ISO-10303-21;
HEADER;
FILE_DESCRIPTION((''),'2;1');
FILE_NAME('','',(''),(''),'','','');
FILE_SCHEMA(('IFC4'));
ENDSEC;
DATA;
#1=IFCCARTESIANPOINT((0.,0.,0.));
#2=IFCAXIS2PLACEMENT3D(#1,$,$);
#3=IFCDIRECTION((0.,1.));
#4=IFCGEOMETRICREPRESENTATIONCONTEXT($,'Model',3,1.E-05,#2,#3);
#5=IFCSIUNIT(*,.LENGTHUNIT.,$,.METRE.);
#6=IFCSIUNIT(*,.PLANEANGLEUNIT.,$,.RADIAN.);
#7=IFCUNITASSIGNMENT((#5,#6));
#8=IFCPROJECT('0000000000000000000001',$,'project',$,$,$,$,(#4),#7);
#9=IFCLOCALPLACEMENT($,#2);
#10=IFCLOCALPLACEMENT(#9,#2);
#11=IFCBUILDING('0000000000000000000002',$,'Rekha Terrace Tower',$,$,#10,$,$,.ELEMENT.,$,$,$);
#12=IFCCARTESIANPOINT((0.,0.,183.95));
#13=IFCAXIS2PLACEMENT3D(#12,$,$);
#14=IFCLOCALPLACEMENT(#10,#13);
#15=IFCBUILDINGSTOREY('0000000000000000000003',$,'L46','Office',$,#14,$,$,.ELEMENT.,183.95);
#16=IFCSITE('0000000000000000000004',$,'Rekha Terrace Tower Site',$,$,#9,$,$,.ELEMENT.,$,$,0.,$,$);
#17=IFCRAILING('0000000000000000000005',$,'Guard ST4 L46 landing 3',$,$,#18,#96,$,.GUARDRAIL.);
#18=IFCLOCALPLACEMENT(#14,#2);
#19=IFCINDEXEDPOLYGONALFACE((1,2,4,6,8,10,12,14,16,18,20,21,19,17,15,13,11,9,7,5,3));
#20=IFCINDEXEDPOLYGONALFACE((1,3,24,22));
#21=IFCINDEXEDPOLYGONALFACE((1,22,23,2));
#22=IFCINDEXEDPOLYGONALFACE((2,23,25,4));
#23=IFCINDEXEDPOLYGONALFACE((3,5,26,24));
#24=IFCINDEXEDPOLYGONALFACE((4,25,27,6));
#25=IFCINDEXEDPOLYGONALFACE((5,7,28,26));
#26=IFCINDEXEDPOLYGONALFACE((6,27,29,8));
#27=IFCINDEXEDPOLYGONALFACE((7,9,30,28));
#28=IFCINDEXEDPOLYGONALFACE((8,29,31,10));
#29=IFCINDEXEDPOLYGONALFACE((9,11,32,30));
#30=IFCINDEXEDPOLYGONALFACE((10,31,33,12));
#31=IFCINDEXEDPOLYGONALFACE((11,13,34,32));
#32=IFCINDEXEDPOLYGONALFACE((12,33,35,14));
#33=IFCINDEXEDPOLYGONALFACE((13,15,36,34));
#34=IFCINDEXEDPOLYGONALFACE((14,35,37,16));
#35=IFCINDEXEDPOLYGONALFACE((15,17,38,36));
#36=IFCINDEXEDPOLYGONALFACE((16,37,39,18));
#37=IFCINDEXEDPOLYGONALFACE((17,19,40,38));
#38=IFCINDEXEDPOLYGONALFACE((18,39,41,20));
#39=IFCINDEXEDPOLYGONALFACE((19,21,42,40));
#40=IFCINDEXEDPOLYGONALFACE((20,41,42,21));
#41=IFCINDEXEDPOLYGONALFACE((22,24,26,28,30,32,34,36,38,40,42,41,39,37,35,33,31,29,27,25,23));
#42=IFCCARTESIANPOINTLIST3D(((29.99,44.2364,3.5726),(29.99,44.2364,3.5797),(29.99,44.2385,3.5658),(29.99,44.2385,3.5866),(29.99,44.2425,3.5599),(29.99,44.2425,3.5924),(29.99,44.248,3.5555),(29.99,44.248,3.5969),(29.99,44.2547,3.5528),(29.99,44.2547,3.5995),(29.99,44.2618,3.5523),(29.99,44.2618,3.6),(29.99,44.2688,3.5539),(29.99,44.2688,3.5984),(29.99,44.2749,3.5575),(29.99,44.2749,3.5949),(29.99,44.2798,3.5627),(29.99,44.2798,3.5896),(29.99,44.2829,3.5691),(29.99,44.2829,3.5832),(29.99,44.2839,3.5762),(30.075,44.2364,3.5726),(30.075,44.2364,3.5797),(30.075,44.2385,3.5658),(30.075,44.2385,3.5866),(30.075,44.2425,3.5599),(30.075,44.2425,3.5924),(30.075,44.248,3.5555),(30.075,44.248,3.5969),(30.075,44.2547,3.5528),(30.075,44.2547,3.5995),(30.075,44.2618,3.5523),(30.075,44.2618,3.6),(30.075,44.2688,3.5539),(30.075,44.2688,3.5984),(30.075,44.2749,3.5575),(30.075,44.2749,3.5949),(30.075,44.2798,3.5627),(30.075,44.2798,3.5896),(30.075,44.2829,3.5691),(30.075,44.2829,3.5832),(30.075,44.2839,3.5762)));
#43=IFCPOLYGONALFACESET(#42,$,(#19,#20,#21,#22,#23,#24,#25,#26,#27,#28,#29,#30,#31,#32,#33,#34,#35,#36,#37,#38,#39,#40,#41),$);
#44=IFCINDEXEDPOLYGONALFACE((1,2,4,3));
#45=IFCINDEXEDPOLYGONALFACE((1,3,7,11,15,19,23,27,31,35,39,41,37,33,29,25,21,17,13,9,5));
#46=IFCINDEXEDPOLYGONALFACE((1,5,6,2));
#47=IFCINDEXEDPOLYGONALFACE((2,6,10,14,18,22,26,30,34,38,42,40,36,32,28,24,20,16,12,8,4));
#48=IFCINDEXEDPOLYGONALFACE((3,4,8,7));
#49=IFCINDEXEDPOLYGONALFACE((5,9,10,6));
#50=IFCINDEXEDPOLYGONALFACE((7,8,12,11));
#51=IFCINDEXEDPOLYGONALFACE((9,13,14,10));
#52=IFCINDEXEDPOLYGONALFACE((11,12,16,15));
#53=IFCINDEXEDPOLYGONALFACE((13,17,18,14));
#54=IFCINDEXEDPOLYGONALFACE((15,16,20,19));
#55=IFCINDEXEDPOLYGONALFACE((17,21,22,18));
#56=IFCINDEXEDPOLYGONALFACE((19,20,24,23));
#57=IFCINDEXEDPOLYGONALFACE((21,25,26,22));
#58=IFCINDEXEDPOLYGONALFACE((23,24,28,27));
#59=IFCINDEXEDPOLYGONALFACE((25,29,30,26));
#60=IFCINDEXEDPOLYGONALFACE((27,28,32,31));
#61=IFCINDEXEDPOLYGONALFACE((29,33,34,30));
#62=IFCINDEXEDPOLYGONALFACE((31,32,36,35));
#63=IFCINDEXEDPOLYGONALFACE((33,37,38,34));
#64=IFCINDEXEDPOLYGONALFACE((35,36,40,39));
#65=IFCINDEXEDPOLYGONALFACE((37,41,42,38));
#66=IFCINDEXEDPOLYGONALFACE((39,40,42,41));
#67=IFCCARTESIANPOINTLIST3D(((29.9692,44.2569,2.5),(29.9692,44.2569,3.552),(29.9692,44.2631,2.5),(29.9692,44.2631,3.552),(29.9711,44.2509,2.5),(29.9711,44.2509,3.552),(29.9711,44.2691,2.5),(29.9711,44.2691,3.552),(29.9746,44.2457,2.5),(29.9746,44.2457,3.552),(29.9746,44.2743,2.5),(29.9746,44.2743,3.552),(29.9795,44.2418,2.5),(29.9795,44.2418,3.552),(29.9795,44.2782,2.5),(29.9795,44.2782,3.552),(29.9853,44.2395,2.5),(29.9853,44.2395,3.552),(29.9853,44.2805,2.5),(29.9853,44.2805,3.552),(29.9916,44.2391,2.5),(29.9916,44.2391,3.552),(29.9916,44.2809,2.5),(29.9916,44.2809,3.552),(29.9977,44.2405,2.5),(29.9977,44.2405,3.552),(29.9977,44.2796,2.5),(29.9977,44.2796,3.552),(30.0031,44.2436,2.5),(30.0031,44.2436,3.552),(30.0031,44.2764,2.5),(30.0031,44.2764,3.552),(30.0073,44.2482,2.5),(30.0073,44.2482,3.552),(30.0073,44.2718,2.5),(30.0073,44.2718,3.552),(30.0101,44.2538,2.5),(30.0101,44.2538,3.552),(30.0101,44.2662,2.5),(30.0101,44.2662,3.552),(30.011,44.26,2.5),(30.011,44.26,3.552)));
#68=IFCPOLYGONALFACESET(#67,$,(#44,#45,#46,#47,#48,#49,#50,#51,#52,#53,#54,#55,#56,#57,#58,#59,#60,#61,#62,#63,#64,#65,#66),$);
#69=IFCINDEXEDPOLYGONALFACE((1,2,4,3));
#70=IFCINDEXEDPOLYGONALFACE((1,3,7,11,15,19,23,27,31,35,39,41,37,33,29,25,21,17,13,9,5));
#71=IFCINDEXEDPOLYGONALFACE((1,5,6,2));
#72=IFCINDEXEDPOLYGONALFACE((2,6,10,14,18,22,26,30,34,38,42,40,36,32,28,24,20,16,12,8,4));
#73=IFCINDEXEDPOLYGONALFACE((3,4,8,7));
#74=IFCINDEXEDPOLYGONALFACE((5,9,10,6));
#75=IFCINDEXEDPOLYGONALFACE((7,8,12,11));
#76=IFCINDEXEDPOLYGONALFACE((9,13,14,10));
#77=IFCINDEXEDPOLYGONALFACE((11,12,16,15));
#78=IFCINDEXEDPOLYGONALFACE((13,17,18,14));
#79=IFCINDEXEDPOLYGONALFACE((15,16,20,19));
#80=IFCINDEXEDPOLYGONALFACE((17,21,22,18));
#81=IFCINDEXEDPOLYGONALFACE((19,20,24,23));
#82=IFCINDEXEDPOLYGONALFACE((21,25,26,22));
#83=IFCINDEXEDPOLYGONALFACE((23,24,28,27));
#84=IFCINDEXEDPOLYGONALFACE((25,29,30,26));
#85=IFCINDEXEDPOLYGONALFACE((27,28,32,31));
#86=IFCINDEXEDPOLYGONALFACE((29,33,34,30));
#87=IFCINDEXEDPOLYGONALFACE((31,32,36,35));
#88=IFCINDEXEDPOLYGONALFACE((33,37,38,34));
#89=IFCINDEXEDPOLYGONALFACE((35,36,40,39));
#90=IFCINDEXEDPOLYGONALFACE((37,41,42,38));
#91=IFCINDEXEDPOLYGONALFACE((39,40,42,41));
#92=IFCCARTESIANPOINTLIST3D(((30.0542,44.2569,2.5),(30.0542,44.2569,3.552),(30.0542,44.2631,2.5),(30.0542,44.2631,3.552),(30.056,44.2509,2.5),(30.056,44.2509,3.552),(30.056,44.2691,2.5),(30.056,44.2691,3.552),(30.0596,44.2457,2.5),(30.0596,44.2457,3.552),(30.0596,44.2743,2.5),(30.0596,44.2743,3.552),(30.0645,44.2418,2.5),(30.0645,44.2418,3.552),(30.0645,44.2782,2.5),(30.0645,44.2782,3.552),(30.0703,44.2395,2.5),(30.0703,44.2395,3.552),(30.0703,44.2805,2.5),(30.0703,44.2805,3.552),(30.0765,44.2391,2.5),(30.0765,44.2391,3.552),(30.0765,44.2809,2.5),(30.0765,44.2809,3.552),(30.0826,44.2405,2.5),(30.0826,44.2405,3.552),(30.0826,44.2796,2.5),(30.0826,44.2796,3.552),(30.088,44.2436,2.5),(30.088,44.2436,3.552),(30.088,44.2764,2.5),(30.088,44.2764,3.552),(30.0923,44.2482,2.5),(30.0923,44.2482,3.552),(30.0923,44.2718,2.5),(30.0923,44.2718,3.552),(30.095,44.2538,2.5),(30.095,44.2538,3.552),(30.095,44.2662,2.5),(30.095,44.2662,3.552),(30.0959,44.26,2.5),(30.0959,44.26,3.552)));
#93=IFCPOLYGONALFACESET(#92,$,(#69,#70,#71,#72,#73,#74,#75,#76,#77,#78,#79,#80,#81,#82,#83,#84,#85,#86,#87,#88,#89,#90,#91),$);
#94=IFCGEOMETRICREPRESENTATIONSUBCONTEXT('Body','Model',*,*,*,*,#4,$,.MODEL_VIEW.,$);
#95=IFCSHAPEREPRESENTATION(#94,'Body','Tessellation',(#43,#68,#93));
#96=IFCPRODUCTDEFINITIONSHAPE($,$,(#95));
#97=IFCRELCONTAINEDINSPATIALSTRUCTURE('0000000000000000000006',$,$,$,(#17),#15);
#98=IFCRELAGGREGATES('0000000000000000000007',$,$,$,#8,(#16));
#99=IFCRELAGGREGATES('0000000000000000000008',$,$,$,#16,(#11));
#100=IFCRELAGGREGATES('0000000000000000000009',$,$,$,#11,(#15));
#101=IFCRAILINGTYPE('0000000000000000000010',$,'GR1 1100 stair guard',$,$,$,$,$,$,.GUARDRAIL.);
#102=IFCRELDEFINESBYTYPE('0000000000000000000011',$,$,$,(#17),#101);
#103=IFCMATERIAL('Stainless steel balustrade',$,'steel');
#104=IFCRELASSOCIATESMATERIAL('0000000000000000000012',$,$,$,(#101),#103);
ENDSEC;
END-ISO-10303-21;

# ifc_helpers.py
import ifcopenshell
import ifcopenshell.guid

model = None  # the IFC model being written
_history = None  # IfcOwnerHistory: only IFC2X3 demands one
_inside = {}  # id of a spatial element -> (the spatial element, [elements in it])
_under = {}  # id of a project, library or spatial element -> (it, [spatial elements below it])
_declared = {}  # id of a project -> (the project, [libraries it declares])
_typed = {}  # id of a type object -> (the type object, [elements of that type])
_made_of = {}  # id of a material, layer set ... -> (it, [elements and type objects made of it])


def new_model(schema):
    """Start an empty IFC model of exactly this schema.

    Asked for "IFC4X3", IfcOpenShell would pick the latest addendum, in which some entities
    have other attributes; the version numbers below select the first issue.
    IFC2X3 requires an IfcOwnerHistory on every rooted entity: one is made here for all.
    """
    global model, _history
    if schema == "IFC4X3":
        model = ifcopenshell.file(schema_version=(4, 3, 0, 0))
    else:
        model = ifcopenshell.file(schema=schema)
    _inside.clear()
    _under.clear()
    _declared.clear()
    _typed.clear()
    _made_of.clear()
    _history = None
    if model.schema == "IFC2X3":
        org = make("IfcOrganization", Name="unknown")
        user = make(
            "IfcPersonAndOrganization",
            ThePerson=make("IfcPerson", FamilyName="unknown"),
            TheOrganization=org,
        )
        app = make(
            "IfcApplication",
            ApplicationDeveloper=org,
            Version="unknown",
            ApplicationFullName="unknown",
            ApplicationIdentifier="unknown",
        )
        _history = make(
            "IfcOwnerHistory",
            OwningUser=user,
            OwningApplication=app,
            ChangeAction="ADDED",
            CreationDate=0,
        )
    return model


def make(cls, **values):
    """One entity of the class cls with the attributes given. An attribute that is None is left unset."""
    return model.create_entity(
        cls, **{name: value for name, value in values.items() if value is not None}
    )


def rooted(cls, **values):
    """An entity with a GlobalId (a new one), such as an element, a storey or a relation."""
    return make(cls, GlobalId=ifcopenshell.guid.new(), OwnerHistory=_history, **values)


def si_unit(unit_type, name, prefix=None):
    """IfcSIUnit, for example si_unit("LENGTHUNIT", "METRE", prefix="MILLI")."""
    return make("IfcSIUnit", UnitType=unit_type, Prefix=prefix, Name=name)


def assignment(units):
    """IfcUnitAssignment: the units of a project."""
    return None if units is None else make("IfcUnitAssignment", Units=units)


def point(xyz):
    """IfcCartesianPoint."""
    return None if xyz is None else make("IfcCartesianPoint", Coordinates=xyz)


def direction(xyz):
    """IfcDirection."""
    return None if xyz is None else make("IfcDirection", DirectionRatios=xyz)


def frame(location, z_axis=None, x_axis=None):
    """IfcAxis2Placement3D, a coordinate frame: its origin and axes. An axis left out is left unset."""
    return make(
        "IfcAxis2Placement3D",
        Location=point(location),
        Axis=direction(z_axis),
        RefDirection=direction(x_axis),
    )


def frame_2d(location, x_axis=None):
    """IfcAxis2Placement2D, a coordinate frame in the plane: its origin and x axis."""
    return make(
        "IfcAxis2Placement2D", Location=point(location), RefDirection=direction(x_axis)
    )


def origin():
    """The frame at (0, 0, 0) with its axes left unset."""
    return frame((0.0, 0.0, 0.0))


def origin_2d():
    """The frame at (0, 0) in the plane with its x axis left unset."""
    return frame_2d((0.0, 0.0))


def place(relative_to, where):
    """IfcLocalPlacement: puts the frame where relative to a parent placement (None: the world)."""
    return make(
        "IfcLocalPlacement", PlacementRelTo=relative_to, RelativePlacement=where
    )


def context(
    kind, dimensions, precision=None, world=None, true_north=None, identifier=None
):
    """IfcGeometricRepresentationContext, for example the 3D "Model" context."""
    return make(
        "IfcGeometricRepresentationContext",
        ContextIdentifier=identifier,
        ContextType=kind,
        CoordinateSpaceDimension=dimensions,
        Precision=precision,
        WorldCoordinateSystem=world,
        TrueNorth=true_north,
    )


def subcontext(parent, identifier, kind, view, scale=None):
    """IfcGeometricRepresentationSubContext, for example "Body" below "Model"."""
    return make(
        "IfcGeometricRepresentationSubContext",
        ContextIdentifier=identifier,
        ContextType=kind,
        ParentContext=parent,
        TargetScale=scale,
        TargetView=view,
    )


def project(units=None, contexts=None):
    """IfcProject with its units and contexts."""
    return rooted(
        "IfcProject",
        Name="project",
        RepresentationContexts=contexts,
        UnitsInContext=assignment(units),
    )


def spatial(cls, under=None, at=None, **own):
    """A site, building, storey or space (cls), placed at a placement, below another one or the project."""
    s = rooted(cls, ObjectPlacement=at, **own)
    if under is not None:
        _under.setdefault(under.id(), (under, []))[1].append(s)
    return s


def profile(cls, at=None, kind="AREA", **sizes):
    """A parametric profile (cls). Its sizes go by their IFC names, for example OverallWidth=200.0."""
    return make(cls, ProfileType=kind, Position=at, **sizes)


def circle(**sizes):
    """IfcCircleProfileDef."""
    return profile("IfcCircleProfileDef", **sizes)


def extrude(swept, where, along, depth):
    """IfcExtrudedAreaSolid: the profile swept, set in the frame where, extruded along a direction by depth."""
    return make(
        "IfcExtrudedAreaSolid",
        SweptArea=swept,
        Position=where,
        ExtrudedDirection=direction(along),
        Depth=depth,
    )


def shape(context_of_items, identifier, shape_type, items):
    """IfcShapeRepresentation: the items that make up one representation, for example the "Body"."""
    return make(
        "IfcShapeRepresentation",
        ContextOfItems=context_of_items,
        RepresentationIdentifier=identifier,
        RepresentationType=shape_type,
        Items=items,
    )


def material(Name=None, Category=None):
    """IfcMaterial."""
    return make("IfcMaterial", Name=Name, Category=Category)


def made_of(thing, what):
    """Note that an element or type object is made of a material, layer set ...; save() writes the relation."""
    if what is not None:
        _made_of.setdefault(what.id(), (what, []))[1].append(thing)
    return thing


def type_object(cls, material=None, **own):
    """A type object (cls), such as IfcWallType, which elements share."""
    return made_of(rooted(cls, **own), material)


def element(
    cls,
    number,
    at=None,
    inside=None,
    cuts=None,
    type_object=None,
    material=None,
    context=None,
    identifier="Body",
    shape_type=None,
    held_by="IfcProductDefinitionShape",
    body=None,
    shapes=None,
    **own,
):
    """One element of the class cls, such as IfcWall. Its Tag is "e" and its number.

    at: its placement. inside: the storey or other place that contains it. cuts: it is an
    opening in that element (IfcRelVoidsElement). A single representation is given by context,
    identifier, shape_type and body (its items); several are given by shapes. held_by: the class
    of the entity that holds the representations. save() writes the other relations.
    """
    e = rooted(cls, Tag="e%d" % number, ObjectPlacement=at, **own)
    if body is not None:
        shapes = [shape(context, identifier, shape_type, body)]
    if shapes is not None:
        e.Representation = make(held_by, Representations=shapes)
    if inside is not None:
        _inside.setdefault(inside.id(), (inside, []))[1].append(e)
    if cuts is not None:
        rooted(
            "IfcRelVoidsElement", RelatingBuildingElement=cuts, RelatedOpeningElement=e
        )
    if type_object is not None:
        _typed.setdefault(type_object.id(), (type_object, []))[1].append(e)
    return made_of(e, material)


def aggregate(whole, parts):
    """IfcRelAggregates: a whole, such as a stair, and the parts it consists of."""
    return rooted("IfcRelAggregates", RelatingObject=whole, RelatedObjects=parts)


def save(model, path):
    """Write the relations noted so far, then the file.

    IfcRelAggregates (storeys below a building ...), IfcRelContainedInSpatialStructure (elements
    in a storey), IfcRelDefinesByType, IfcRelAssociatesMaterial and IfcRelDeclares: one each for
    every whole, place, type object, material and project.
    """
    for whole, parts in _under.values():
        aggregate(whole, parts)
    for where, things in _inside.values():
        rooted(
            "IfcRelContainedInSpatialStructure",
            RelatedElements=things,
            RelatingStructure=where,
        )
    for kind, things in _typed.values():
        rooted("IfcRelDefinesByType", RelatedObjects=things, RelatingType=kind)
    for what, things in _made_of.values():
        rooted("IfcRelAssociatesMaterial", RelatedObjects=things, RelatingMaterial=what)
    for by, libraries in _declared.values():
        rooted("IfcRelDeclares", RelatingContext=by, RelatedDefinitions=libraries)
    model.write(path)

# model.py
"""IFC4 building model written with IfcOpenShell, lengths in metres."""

from ifc_helpers import new_model, si_unit, direction, frame, origin, origin_2d, place, context, subcontext, project, spatial, circle, extrude, material, type_object, element, save


model = new_model("IFC4")

# Units and contexts
model_context = context("Model", 3, precision=1e-05, world=origin(), true_north=direction((0.0, 1.0)))
body_context = subcontext(model_context, "Body", "Model", "MODEL_VIEW")
ifc_project = project(units=[si_unit("LENGTHUNIT", "METRE"), si_unit("PLANEANGLEUNIT", "RADIAN")], contexts=[model_context])

# Site, building, storey
site_placement = place(None, origin())
site = spatial("IfcSite", under=ifc_project, at=site_placement, Name="Rekha Terrace Tower Site", CompositionType="ELEMENT", RefElevation=0.0)
building_placement = place(site_placement, origin())
building = spatial("IfcBuilding", under=site, at=building_placement, Name="Rekha Terrace Tower", CompositionType="ELEMENT")
storey_placement = place(building_placement, frame((0.0, 0.0, 183.95)))
storey = spatial("IfcBuildingStorey", under=building, at=storey_placement, Name="L46", Description="Office", CompositionType="ELEMENT", Elevation=183.95)

# Railing
ifc_material_1 = material(Name="Stainless steel balustrade", Category="steel")
railing_type_1 = type_object("IfcRailingType", Name="GR1 1100 stair guard", PredefinedType="GUARDRAIL", material=ifc_material_1)
railing_1_placement = place(storey_placement, frame((29.99, 44.26, 2.5)))
element("IfcRailing", 1, at=railing_1_placement, inside=storey, type_object=railing_type_1, Name="Guard ST4 L46 landing 3", PredefinedType="GUARDRAIL", context=body_context, shape_type="SweptSolid", body=[
    extrude(circle(Radius=0.0239, at=origin_2d()), frame((0.0, 0.0, 1.0762), z_axis=(1.0, 0.0, 0.0), x_axis=(0.0, 1.0, 0.0)), (0.0, 0.0, 1.0), 0.085),
    extrude(circle(Radius=0.021, at=origin_2d()), origin(), (0.0, 0.0, 1.0), 1.052),
    extrude(circle(Radius=0.021, at=origin_2d()), frame((0.085, 0.0, 0.0)), (0.0, 0.0, 1.0), 1.052),
])

save(model, "model.ifc")
